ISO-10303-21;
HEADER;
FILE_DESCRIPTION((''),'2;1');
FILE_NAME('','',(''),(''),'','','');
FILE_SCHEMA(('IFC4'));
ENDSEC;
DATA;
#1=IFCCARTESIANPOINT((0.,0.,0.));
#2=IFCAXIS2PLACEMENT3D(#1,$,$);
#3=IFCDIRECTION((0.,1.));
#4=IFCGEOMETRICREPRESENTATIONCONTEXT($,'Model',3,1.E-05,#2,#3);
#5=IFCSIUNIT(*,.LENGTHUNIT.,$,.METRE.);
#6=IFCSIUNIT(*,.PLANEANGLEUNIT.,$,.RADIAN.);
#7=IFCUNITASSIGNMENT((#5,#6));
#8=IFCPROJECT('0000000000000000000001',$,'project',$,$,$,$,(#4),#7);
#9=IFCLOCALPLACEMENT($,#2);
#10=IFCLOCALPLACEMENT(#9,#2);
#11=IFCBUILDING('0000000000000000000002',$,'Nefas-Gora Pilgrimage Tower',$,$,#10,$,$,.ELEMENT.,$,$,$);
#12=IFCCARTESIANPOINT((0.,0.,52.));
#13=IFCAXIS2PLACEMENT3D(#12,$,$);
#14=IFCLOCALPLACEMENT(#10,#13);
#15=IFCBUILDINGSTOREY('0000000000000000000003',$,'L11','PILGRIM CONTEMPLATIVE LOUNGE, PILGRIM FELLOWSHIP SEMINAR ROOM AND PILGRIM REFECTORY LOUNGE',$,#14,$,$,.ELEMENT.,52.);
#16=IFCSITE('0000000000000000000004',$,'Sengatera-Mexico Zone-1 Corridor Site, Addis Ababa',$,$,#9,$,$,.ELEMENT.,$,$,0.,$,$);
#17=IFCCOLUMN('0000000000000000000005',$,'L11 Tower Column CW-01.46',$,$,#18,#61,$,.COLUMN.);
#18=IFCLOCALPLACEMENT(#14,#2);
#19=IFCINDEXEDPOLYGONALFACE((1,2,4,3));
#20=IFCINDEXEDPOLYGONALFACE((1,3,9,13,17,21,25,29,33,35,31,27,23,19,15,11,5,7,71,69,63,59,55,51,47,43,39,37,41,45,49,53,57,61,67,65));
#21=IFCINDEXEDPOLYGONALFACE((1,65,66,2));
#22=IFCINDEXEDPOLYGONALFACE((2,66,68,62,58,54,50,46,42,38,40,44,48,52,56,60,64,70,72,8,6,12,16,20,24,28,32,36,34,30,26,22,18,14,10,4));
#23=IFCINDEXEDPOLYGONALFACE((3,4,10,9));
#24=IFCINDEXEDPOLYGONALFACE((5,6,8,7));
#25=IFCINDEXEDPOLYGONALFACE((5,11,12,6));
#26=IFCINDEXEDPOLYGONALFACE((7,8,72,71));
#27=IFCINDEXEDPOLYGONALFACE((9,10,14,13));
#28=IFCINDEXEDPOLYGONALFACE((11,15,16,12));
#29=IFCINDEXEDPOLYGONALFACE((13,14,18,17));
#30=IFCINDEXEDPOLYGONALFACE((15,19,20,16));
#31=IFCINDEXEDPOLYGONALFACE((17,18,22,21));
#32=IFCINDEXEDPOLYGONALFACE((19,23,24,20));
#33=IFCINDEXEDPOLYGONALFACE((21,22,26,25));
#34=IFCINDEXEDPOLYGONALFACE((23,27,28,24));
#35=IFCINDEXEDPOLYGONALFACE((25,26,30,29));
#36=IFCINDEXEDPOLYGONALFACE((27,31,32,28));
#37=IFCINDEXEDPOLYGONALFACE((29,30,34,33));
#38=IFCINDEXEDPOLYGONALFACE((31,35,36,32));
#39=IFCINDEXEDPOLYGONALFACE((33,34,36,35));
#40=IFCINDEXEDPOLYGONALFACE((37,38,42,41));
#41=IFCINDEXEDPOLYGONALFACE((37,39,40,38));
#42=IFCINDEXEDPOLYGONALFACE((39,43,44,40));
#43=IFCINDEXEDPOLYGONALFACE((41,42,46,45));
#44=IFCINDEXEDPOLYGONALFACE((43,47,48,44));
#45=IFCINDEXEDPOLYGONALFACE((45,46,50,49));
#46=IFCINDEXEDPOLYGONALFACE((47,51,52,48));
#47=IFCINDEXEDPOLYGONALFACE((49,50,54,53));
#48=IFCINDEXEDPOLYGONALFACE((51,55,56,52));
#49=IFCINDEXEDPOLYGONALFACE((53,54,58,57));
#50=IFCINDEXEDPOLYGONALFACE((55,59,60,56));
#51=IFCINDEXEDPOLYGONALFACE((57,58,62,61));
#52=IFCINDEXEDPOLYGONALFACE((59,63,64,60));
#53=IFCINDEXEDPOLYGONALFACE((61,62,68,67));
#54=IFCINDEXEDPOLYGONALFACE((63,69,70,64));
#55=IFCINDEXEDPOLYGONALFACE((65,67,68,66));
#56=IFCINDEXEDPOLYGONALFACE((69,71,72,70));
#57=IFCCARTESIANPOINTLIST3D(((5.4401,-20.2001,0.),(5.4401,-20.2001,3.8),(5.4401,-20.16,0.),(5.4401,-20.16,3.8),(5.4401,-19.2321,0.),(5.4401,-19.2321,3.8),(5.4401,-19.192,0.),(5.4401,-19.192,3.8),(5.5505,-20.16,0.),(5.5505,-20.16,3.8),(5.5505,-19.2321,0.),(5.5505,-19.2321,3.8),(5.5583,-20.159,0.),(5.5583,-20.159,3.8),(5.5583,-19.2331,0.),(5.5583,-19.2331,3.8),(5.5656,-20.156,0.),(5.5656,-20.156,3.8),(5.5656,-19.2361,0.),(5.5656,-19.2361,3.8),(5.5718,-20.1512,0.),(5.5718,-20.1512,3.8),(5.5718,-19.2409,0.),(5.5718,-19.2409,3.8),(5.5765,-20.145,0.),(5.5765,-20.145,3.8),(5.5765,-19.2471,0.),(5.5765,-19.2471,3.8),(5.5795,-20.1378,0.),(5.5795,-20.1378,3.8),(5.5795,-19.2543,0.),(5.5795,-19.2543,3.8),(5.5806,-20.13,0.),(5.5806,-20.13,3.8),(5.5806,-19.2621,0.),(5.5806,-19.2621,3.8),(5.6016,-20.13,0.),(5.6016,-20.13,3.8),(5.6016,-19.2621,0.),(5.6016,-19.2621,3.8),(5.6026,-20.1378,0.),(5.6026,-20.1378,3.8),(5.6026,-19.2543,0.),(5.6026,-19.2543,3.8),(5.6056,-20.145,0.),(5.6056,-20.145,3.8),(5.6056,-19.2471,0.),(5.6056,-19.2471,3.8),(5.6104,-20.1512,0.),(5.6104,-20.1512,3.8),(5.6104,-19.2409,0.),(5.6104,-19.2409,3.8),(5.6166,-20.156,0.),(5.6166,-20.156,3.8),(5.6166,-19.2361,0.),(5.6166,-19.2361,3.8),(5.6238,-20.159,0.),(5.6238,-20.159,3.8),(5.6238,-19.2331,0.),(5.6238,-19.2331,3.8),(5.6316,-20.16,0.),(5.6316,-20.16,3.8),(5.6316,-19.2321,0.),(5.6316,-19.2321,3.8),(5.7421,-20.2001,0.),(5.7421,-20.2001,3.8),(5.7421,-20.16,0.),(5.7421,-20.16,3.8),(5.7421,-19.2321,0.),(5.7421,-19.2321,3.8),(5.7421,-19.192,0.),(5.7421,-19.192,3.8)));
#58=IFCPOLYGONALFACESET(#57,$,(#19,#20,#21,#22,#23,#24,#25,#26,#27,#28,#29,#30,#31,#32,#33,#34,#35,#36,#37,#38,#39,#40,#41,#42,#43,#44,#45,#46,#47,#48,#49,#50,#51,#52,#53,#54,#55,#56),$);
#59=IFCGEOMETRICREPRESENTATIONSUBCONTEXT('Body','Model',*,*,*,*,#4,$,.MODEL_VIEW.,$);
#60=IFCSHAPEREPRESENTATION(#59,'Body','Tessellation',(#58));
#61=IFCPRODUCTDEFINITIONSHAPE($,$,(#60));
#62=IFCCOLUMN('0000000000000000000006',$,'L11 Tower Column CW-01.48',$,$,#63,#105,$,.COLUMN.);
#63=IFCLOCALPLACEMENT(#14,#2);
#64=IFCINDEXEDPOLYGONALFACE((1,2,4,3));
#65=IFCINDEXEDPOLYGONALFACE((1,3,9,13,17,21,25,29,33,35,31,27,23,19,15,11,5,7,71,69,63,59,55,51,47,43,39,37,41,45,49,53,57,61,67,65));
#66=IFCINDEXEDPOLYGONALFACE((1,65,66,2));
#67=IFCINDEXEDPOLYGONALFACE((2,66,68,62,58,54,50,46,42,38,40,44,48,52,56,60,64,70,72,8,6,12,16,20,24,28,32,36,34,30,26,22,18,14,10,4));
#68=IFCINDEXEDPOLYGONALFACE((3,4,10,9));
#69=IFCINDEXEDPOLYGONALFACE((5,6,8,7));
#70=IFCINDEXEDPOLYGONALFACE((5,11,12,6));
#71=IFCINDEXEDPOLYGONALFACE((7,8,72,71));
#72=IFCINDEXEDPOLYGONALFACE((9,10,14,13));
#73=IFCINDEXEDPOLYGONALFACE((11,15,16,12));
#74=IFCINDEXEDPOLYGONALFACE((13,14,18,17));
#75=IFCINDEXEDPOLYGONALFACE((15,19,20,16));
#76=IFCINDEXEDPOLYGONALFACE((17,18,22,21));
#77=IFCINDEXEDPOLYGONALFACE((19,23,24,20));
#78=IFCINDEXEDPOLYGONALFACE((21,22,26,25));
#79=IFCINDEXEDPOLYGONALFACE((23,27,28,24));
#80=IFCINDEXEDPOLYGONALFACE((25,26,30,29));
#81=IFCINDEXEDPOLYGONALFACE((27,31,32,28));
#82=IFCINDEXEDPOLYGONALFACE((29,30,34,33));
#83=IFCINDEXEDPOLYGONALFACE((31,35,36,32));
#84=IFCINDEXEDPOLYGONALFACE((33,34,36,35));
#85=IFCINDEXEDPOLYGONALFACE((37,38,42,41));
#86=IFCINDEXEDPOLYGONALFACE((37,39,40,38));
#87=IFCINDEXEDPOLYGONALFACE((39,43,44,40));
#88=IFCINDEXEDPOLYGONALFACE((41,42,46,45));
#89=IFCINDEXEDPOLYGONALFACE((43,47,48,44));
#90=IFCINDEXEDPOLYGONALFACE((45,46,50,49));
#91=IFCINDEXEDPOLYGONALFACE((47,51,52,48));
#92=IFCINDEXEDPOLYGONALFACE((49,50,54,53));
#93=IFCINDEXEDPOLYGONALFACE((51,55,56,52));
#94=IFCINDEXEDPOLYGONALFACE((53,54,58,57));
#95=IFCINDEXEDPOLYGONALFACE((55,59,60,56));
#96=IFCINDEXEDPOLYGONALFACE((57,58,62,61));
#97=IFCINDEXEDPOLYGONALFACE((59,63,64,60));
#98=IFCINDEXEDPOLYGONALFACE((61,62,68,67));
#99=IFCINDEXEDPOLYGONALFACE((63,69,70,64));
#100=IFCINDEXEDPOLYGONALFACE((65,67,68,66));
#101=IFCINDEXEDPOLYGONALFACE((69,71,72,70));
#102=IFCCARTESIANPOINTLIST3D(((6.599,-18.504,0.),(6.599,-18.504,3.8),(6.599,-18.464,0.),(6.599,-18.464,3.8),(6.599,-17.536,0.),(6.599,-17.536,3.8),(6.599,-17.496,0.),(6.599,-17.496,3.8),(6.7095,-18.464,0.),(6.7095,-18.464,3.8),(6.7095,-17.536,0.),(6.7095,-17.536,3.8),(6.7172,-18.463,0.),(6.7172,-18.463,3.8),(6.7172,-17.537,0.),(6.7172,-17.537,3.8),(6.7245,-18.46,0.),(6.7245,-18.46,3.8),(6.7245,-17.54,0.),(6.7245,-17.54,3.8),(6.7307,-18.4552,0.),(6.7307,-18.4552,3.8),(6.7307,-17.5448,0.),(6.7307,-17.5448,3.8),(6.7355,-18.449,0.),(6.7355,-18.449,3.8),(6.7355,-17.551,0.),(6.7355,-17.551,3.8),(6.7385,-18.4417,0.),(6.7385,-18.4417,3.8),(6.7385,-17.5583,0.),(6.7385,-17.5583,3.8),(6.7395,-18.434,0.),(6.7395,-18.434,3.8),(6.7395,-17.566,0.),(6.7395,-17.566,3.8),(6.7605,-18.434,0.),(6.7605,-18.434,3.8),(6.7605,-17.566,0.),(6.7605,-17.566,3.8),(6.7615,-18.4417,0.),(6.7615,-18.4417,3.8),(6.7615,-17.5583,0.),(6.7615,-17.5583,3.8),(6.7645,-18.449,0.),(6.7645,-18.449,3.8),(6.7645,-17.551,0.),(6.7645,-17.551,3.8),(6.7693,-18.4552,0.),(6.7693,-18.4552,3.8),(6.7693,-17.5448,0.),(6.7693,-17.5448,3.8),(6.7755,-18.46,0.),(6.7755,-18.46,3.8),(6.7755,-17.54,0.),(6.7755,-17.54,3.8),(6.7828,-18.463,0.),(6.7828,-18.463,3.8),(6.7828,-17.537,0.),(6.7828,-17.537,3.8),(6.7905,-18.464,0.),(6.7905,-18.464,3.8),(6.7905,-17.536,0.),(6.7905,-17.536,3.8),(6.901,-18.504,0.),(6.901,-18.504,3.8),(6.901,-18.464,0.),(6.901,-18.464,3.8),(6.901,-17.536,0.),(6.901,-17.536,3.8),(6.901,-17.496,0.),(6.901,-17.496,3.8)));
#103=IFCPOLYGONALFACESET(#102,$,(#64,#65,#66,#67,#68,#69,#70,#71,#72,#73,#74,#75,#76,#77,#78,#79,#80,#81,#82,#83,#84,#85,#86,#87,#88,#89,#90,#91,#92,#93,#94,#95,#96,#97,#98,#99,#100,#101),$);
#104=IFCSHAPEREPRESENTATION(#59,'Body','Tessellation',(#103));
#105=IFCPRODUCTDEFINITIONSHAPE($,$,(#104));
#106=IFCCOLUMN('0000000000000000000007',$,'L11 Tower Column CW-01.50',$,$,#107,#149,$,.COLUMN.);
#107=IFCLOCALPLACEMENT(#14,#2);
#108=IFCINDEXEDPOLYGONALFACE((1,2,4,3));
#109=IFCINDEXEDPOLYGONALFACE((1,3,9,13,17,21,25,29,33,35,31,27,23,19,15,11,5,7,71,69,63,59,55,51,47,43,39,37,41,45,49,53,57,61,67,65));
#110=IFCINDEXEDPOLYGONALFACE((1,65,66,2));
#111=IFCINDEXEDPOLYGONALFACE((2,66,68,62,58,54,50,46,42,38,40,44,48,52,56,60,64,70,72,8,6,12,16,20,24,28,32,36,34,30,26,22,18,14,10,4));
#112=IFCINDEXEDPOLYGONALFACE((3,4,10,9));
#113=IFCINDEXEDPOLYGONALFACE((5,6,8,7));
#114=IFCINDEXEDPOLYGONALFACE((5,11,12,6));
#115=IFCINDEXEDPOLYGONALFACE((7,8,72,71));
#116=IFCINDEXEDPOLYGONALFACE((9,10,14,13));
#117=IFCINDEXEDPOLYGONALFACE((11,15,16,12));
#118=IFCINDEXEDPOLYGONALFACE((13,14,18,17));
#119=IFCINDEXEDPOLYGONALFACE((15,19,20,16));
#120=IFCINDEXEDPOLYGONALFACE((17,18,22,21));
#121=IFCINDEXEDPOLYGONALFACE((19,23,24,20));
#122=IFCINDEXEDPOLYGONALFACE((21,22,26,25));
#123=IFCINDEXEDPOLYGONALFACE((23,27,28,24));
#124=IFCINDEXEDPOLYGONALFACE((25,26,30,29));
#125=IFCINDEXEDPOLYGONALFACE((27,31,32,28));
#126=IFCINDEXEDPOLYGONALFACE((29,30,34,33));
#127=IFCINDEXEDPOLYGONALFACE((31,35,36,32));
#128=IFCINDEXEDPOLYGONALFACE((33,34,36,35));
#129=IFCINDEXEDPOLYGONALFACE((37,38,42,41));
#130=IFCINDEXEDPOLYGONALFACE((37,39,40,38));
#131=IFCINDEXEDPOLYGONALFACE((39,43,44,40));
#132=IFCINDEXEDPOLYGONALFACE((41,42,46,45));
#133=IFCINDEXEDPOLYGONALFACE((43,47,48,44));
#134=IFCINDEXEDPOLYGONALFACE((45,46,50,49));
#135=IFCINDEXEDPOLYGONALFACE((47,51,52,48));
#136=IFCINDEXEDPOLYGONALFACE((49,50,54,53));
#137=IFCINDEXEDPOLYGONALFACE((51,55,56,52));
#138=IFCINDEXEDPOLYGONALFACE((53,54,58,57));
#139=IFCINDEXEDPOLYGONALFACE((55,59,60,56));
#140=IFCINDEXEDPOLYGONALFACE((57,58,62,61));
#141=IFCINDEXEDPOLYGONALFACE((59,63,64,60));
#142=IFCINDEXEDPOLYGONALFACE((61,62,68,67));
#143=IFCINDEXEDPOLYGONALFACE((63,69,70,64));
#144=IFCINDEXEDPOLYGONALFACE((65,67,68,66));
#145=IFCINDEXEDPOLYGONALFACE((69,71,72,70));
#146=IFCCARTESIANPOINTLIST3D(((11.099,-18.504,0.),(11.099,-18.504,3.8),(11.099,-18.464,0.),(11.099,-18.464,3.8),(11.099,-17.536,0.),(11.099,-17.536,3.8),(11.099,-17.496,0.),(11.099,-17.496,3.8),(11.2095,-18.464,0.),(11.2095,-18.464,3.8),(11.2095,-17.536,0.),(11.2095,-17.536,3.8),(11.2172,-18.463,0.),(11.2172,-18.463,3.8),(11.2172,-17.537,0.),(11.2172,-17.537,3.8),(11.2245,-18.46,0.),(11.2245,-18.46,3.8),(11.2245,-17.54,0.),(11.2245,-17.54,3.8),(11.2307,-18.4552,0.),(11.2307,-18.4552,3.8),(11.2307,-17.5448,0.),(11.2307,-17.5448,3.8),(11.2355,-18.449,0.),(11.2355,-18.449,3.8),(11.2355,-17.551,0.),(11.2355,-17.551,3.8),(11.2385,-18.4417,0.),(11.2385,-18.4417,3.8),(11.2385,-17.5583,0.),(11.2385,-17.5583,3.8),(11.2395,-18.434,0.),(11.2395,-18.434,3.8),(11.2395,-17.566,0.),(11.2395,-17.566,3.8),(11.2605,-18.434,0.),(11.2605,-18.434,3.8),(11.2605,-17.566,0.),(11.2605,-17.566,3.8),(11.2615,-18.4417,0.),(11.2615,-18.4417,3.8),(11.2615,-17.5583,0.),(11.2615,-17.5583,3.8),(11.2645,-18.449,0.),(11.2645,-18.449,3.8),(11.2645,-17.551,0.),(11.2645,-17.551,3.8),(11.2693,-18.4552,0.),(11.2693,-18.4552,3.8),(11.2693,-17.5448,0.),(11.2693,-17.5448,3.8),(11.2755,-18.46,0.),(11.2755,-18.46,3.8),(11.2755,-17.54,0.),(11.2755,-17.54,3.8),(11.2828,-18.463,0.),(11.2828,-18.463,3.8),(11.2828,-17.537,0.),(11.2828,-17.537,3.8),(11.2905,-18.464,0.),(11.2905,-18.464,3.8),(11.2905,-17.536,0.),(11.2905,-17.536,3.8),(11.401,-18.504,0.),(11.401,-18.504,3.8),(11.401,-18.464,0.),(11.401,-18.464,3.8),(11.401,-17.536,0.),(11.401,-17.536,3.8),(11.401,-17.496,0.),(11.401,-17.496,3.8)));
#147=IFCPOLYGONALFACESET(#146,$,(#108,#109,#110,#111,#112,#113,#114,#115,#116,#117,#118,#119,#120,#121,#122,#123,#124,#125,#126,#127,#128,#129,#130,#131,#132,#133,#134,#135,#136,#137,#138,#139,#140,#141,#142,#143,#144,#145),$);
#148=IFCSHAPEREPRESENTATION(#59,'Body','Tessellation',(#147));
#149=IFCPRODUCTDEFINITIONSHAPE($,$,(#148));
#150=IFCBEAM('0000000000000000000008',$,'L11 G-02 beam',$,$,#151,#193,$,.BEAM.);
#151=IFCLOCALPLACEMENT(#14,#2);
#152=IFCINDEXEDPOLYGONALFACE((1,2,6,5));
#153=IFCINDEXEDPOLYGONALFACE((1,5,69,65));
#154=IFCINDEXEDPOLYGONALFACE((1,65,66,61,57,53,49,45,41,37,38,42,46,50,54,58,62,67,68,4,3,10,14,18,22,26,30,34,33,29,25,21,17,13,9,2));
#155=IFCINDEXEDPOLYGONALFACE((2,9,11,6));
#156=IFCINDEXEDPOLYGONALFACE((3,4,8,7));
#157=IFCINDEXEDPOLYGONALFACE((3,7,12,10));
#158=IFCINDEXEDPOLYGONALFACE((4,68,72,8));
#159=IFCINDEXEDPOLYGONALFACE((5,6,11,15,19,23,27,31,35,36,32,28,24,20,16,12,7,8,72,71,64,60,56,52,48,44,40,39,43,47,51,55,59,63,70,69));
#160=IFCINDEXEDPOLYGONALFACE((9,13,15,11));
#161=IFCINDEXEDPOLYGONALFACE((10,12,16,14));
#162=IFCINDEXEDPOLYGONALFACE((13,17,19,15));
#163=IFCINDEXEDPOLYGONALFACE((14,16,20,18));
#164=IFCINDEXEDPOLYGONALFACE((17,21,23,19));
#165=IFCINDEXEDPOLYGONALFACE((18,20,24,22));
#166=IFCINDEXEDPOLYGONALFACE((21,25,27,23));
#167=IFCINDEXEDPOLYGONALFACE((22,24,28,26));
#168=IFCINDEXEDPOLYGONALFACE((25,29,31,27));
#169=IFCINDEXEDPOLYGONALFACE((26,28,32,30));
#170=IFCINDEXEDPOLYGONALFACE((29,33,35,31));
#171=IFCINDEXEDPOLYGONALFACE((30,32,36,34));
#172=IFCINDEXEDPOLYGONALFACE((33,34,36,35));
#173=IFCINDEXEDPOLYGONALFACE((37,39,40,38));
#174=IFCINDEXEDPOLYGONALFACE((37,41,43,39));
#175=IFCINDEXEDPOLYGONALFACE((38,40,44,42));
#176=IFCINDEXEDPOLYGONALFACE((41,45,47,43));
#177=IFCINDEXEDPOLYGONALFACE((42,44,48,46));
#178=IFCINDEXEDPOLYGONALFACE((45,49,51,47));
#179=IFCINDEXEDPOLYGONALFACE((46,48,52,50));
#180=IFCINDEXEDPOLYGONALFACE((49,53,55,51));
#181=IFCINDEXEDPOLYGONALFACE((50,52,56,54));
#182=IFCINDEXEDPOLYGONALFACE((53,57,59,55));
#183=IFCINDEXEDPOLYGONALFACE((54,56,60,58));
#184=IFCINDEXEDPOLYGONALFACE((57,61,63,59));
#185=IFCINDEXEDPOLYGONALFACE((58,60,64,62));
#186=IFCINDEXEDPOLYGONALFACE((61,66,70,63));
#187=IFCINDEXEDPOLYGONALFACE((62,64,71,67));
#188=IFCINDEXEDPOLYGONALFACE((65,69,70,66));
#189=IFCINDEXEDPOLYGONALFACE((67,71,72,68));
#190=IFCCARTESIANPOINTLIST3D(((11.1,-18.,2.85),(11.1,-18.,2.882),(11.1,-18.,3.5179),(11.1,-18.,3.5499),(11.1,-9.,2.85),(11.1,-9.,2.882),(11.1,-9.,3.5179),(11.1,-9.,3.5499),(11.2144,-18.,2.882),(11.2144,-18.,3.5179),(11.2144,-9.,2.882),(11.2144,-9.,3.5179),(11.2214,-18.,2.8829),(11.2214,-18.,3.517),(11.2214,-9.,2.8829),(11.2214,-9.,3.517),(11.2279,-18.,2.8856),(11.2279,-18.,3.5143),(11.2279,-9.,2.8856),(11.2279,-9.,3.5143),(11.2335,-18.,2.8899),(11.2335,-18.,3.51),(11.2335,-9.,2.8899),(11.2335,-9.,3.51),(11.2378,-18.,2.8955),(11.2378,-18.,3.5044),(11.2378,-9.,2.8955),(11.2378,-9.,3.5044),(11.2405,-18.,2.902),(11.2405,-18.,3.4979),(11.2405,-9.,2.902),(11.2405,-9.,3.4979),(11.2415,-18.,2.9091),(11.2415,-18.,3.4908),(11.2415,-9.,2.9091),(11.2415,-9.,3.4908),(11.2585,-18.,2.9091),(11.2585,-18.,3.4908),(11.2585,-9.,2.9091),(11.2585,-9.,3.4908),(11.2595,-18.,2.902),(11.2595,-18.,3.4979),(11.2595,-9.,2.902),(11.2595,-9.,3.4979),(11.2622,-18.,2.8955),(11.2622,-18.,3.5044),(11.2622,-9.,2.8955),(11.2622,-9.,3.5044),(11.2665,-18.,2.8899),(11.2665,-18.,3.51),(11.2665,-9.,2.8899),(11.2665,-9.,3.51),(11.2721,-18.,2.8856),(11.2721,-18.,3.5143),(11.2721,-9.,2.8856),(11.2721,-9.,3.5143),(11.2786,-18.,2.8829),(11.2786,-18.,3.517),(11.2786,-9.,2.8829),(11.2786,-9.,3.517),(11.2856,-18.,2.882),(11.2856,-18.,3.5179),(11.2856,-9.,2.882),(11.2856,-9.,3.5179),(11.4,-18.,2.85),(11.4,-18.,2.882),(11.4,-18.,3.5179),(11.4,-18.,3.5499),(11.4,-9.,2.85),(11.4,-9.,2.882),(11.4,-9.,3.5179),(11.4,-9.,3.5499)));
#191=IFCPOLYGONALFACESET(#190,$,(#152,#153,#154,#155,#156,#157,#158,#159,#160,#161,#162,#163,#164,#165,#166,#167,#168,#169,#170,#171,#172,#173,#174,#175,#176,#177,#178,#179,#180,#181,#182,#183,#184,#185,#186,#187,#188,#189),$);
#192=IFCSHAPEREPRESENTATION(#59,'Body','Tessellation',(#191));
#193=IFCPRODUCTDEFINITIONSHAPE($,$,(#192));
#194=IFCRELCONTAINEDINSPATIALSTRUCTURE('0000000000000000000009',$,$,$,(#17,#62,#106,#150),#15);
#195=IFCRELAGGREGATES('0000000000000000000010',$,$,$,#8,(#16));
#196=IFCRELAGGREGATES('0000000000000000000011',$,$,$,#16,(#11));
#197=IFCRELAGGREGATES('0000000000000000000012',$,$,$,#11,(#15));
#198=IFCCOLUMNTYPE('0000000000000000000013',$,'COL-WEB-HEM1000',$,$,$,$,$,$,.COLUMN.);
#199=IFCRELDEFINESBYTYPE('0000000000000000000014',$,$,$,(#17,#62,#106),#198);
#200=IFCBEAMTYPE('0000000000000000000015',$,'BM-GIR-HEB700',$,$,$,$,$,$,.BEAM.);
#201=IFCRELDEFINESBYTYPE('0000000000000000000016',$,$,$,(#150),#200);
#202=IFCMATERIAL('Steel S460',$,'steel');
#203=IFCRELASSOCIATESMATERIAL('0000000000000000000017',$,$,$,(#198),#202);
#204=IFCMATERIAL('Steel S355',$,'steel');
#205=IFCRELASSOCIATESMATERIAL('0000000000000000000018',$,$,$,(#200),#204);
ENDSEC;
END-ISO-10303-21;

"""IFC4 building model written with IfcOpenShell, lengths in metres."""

from ifc_helpers import new_model, si_unit, direction, frame, origin, origin_2d, place, context, subcontext, project, spatial, i_section, extrude, source, transform, mapped, material, material_profile, profile_set, type_object, element, save


model = new_model("IFC4")

# Units and contexts
model_context = context("Model", 3, precision=1e-05, world=origin(), true_north=direction((0.0, 1.0)))
body_context = subcontext(model_context, "Body", "Model", "MODEL_VIEW")
ifc_project = project(units=[si_unit("LENGTHUNIT", "METRE"), si_unit("PLANEANGLEUNIT", "RADIAN")], contexts=[model_context])

# Site, building, storey
site_placement = place(None, origin())
site = spatial("IfcSite", under=ifc_project, at=site_placement, Name="Sengatera-Mexico Zone-1 Corridor Site, Addis Ababa", CompositionType="ELEMENT", RefElevation=0.0)
building_placement = place(site_placement, origin())
building = spatial("IfcBuilding", under=site, at=building_placement, Name="Nefas-Gora Pilgrimage Tower", CompositionType="ELEMENT")
storey_placement = place(building_placement, frame((0.0, 0.0, 52.0)))
storey = spatial("IfcBuildingStorey", under=building, at=storey_placement, Name="L11", Description="PILGRIM CONTEMPLATIVE LOUNGE, PILGRIM FELLOWSHIP SEMINAR ROOM AND PILGRIM REFECTORY LOUNGE", CompositionType="ELEMENT", Elevation=52.0)

# Columns
ifc_material_1 = material(Name="Steel S460", Category="steel")
ifc_material_profile_1 = material_profile(ifc_material_1, i_section(OverallWidth=0.302, OverallDepth=1.0081, WebThickness=0.021, FlangeThickness=0.04, FilletRadius=0.03, at=origin_2d()), Name="HEM 1000")
ifc_profile_set_1 = profile_set([ifc_material_profile_1], Name="Steel S460")
column_type_1 = type_object("IfcColumnType", Name="COL-WEB-HEM1000", PredefinedType="COLUMN", material=ifc_profile_set_1)
shared_shape_1 = source(origin(), body_context, "Body", "SweptSolid", [
    extrude(i_section(OverallWidth=0.302, OverallDepth=1.0081, WebThickness=0.021, FlangeThickness=0.04, FilletRadius=0.03, at=origin_2d()), origin(), (0.0, 0.0, 1.0), 3.8),
])
for number, where, z_axis, x_axis, name in (
    (1, (5.5911, -19.696, 0.0), (0.0, 0.0, 1.0), (1.0, 0.0, 0.0), "L11 Tower Column CW-01.46"),
    (2, (6.75, -18.0, 0.0), (0.0, 0.0, 1.0), (1.0, 0.0, 0.0), "L11 Tower Column CW-01.48"),
    (3, (11.25, -18.0, 0.0), (0.0, 0.0, 1.0), (1.0, 0.0, 0.0), "L11 Tower Column CW-01.50"),
):
    element("IfcColumn", number, at=place(storey_placement, frame(where, z_axis=z_axis, x_axis=x_axis)), inside=storey, type_object=column_type_1, Name=name, PredefinedType="COLUMN", context=body_context, shape_type="MappedRepresentation", body=[
        mapped(shared_shape_1, transform((0.0, 0.0, 0.0), x_axis=(1.0, 0.0, 0.0), y_axis=(0.0, 1.0, 0.0), z_axis=(0.0, 0.0, 1.0), scale=1.0)),
    ])

# Beam
ifc_material_2 = material(Name="Steel S355", Category="steel")
ifc_material_profile_2 = material_profile(ifc_material_2, i_section(OverallWidth=0.3, OverallDepth=0.7, WebThickness=0.0171, FlangeThickness=0.032, FilletRadius=0.0271, at=origin_2d()), Name="HEB 700")
ifc_profile_set_2 = profile_set([ifc_material_profile_2], Name="Steel S355")
beam_type_1 = type_object("IfcBeamType", Name="BM-GIR-HEB700", PredefinedType="BEAM", material=ifc_profile_set_2)
shared_shape_2 = source(origin(), body_context, "Body", "SweptSolid", [
    extrude(i_section(OverallWidth=0.3, OverallDepth=0.7, WebThickness=0.0171, FlangeThickness=0.032, FilletRadius=0.0271, at=origin_2d()), origin(), (0.0, 0.0, 1.0), 9.0),
])
beam_1_placement = place(storey_placement, frame((11.25, -18.0, 3.2), z_axis=(0.0, 1.0, 0.0), x_axis=(-1.0, 0.0, 0.0)))
element("IfcBeam", 4, at=beam_1_placement, inside=storey, type_object=beam_type_1, Name="L11 G-02 beam", PredefinedType="BEAM", context=body_context, shape_type="MappedRepresentation", body=[
    mapped(shared_shape_2, transform((0.0, 0.0, 0.0), x_axis=(1.0, 0.0, 0.0), y_axis=(0.0, 1.0, 0.0), z_axis=(0.0, 0.0, 1.0), scale=1.0)),
])

save(model, "model.ifc")
